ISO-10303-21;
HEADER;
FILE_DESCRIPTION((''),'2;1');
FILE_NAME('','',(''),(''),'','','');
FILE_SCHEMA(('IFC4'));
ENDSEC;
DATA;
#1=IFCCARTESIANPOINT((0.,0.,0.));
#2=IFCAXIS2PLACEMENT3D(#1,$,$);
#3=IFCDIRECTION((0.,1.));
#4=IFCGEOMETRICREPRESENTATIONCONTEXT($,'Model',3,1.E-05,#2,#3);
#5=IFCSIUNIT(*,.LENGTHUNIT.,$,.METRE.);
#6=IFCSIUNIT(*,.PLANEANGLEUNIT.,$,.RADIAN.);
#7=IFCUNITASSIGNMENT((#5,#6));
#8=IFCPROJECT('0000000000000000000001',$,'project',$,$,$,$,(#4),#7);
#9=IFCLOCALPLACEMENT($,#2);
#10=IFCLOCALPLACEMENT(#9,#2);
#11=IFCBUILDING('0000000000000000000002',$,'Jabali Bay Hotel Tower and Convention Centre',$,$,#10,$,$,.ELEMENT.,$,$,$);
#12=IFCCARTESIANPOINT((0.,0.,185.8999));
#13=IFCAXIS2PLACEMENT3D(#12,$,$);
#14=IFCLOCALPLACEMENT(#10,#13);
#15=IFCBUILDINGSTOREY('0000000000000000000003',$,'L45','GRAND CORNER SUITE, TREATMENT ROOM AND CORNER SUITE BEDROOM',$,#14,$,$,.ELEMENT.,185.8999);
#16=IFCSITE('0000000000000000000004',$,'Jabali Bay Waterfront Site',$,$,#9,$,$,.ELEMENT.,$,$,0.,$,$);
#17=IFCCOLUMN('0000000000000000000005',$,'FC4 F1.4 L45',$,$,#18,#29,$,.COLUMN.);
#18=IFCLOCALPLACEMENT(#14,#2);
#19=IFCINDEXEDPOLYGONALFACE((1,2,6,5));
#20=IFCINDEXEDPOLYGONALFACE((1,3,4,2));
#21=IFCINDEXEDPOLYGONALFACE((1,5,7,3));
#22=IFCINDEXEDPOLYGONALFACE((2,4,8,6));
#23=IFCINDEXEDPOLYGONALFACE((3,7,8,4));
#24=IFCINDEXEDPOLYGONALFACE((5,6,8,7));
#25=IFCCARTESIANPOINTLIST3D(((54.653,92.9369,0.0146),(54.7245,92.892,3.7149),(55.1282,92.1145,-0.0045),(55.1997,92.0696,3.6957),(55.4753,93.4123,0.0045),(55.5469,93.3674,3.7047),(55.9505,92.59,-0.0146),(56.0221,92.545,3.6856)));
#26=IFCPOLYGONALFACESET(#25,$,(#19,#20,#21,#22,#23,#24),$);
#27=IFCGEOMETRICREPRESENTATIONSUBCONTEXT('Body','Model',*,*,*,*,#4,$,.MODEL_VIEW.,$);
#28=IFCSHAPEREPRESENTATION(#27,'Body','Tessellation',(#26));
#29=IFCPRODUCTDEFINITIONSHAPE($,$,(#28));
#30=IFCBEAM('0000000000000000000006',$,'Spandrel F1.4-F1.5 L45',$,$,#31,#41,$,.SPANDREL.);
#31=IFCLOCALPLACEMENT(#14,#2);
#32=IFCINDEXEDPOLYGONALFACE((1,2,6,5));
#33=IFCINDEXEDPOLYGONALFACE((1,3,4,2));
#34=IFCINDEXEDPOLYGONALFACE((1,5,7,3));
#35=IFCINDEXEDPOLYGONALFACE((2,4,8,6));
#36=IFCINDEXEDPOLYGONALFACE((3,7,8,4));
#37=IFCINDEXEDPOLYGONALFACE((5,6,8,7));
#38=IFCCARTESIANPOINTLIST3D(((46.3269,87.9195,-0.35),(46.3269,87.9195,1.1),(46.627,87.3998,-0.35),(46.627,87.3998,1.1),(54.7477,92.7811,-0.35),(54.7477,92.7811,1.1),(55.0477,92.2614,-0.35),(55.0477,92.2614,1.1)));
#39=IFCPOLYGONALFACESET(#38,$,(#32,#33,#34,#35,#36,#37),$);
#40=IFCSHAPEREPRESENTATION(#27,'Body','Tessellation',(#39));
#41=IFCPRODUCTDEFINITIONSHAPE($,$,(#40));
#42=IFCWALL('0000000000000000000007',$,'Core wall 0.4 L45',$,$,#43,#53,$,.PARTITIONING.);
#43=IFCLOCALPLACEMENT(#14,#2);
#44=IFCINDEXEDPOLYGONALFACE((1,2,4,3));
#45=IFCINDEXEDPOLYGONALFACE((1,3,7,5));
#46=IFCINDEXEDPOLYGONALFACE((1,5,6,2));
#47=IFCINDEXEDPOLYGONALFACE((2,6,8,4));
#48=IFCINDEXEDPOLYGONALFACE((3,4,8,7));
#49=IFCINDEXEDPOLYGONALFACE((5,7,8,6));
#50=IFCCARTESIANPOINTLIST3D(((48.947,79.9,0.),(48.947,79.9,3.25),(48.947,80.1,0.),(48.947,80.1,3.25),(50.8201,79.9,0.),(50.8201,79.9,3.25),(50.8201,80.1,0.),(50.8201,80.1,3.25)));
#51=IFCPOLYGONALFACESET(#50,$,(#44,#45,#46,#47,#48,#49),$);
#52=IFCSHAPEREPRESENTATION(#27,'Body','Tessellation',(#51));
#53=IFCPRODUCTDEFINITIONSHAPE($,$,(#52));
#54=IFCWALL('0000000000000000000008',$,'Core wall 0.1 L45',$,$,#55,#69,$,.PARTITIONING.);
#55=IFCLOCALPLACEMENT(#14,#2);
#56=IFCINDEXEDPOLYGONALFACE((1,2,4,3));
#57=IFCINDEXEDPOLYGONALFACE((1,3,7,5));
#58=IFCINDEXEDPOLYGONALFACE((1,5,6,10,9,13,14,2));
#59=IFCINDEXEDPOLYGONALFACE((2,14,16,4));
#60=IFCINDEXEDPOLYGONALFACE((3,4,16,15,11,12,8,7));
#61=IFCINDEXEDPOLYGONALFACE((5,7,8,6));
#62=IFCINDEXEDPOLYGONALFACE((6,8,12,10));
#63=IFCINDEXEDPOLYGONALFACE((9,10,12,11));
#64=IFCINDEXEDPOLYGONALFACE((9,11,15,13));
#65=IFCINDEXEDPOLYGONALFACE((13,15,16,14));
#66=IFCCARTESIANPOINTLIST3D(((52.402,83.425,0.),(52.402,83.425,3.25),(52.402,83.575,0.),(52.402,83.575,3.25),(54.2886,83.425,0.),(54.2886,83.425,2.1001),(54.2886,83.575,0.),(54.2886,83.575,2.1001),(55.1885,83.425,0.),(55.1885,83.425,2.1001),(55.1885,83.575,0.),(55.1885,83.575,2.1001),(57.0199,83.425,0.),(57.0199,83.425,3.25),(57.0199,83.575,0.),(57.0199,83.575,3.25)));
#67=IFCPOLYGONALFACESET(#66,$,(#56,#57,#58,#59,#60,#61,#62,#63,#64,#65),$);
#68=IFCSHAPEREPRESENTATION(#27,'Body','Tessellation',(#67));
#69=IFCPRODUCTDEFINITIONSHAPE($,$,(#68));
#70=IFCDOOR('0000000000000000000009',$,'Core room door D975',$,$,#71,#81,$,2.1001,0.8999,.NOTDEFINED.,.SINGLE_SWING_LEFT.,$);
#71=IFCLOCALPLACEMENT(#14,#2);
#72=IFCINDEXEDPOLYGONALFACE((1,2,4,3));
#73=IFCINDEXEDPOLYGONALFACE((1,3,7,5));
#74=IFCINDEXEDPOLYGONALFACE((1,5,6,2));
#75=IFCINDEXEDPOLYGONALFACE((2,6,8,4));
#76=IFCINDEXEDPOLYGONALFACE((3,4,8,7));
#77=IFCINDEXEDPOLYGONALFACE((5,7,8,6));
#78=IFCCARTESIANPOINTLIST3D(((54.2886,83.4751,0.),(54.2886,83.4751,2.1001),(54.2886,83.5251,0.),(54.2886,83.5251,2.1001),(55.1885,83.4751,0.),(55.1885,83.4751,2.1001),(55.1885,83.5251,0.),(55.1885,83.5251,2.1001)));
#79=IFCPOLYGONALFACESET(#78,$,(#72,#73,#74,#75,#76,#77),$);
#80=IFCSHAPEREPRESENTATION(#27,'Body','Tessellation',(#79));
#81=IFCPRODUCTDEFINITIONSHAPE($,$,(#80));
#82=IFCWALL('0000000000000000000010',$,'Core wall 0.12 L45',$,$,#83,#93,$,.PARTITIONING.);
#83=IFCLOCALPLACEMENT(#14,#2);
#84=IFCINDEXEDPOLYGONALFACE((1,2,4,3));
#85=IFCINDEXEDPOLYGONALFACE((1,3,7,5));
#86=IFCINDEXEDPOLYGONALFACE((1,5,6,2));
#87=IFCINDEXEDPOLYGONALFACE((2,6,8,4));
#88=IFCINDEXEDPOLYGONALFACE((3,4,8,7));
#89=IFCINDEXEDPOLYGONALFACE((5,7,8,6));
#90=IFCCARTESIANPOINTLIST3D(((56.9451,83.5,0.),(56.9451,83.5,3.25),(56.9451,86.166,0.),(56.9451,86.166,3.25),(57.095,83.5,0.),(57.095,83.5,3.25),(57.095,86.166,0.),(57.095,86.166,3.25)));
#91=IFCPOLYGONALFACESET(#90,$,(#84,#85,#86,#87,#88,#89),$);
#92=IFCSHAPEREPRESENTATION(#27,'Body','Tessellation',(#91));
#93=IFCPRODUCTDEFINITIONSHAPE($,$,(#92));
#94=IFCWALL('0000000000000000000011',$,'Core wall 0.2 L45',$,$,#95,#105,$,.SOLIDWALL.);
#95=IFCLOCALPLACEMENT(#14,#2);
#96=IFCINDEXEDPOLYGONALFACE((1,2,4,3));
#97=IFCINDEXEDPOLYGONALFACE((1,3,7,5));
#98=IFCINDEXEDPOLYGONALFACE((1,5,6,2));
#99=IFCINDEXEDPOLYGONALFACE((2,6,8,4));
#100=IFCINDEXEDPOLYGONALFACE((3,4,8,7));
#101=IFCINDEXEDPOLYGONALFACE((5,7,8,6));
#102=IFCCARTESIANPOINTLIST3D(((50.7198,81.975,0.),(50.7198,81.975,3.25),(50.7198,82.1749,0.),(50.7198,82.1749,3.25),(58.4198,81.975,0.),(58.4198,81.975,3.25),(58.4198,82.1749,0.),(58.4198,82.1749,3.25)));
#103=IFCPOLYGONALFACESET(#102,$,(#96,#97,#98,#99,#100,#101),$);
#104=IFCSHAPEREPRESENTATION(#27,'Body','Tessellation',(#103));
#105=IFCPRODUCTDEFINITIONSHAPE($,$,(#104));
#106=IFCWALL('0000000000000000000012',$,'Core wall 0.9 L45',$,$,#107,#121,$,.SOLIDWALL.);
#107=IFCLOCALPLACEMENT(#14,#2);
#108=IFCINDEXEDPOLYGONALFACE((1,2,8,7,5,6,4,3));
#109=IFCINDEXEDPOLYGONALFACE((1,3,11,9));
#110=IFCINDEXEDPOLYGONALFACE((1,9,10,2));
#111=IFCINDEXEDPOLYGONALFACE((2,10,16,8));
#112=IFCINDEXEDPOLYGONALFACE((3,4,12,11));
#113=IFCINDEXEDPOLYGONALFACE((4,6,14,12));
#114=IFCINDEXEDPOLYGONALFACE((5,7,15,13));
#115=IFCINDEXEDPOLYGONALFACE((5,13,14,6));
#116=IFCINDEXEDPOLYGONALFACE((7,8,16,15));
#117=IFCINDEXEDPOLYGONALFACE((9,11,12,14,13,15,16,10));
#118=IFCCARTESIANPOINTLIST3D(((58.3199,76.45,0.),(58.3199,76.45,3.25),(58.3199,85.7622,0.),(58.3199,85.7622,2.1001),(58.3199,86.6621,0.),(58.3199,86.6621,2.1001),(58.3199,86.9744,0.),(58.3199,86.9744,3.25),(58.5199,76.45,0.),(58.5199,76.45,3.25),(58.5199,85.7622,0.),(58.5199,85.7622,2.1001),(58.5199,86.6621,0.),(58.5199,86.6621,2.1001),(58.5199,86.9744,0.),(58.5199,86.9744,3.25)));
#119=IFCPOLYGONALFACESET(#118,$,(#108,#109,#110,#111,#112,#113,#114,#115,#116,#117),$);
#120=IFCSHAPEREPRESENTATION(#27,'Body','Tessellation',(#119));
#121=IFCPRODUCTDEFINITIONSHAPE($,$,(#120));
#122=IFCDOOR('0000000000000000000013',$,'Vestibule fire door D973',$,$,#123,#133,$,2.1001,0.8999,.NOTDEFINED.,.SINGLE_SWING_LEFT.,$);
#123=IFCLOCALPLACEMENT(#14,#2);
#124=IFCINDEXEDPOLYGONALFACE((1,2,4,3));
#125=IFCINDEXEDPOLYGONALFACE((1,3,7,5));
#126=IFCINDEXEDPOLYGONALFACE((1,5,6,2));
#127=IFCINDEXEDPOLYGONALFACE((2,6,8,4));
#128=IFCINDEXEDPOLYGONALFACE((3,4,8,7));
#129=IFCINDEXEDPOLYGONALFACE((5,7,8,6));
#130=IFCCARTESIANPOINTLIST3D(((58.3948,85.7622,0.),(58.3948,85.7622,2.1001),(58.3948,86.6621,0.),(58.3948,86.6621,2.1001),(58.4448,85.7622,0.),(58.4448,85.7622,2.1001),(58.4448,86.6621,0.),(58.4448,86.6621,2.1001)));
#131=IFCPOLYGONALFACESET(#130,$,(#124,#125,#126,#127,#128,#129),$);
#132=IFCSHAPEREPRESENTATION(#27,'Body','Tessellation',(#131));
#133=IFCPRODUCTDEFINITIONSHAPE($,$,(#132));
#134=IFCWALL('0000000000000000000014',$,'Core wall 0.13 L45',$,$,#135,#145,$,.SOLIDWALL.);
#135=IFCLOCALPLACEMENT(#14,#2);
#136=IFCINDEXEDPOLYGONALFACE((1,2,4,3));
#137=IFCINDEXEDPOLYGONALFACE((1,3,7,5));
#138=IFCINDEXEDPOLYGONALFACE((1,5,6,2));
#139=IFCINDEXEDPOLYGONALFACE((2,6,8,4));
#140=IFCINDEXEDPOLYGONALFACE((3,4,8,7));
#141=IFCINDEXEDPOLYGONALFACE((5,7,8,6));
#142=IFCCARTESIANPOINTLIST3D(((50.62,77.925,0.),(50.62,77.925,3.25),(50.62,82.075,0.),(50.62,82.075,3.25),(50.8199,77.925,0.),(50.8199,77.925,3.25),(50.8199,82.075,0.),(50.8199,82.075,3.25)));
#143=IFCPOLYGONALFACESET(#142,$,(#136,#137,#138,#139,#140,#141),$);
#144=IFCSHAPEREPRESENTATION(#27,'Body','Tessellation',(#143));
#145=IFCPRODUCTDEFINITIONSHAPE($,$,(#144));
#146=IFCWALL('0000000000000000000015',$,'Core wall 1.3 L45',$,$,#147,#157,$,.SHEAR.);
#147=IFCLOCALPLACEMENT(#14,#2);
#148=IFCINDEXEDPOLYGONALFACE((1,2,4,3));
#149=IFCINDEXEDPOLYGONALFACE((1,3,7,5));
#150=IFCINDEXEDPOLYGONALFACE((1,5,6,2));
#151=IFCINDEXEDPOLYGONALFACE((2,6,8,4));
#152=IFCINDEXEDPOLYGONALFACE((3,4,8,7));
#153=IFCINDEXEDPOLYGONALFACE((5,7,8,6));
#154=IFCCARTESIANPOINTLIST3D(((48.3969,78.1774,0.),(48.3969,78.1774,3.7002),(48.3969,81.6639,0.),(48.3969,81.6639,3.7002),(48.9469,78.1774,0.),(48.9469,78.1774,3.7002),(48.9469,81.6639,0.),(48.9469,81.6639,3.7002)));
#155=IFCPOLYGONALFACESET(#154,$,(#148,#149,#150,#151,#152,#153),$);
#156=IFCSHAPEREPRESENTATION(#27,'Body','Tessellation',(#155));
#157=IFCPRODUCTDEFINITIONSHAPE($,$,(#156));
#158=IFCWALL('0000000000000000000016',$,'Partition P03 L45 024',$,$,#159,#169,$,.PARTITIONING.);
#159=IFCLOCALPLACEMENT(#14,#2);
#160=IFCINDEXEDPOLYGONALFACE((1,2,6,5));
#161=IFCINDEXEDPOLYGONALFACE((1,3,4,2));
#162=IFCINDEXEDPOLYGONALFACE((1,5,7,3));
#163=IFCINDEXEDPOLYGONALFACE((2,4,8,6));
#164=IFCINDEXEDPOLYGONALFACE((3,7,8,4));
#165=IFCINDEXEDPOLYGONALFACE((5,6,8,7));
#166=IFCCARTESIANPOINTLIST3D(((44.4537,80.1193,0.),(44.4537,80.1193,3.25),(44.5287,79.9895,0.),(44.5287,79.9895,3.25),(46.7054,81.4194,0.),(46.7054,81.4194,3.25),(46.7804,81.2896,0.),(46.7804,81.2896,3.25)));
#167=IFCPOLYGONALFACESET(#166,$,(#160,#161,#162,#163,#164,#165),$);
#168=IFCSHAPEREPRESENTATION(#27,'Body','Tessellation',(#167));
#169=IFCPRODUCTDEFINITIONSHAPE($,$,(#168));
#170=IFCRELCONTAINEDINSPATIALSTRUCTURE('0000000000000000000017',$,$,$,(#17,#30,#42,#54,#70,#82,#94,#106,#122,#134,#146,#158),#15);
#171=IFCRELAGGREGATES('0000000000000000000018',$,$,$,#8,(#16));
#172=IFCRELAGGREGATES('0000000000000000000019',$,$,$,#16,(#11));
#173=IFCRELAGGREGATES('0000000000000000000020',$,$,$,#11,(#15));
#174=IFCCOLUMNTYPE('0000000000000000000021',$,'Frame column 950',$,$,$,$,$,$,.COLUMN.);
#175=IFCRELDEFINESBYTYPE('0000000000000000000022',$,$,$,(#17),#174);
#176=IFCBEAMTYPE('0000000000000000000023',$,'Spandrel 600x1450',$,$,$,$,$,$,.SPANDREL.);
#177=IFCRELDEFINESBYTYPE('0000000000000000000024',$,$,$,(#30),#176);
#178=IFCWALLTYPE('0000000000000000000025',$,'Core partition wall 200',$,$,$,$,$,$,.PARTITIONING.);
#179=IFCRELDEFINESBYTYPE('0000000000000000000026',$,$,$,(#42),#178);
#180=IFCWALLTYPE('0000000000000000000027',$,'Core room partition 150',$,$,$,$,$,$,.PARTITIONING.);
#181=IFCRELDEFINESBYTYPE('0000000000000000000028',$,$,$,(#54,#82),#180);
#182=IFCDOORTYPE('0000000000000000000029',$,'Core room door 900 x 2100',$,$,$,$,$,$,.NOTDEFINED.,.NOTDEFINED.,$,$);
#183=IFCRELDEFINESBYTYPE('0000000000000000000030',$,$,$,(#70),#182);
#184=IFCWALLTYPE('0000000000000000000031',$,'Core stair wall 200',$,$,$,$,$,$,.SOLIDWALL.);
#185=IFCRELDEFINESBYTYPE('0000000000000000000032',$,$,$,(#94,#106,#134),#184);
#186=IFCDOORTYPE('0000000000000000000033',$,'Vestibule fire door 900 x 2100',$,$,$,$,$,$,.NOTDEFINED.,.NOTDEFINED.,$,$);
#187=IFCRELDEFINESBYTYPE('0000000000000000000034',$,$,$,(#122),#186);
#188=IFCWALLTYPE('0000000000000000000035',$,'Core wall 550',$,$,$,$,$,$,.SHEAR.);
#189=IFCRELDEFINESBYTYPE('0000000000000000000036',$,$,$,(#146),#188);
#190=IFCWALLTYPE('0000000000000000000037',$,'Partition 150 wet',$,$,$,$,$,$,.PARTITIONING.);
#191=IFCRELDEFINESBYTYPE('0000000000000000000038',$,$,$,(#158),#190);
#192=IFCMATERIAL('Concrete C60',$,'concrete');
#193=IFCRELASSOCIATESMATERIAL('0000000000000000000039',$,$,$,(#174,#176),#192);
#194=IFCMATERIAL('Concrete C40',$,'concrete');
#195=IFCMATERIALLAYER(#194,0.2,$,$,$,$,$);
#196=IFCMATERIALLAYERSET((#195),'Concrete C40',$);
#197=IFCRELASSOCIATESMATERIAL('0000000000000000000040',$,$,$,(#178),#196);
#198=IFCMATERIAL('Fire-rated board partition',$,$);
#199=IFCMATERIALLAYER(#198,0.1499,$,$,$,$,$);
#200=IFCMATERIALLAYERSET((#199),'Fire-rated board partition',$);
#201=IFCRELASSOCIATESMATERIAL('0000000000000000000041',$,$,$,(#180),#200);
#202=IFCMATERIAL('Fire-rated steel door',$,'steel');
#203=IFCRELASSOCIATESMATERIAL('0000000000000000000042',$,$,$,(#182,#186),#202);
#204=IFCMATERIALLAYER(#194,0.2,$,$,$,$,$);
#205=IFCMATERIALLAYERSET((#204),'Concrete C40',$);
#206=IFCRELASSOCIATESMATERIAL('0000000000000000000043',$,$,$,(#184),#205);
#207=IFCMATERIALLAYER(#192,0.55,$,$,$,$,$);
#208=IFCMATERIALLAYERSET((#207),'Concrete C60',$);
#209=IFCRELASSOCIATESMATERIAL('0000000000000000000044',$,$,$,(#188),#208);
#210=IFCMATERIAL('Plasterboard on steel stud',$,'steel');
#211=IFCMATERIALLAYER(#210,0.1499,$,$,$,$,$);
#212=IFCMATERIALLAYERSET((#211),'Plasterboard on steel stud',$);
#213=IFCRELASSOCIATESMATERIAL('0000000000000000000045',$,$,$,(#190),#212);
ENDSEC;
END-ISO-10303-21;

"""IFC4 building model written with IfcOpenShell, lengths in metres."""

from ifc_helpers import new_model, si_unit, direction, frame, frame_2d, origin, origin_2d, place, context, subcontext, project, spatial, rectangle, extrude, material, layer, layer_set, material_profile, profile_set, type_object, element, fill, save


model = new_model("IFC4")

# Units and contexts
model_context = context("Model", 3, precision=1e-05, world=origin(), true_north=direction((0.0, 1.0)))
body_context = subcontext(model_context, "Body", "Model", "MODEL_VIEW")
ifc_project = project(units=[si_unit("LENGTHUNIT", "METRE"), si_unit("PLANEANGLEUNIT", "RADIAN")], contexts=[model_context])

# Site, building, storey
site_placement = place(None, origin())
site = spatial("IfcSite", under=ifc_project, at=site_placement, Name="Jabali Bay Waterfront Site", CompositionType="ELEMENT", RefElevation=0.0)
building_placement = place(site_placement, origin())
building = spatial("IfcBuilding", under=site, at=building_placement, Name="Jabali Bay Hotel Tower and Convention Centre", CompositionType="ELEMENT")
storey_placement = place(building_placement, frame((0.0, 0.0, 185.8999)))
storey = spatial("IfcBuildingStorey", under=building, at=storey_placement, Name="L45", Description="GRAND CORNER SUITE, TREATMENT ROOM AND CORNER SUITE BEDROOM", CompositionType="ELEMENT", Elevation=185.8999)

# Column
ifc_material_1 = material(Name="Concrete C60", Category="concrete")
ifc_material_profile_1 = material_profile(ifc_material_1, rectangle(XDim=0.95, YDim=0.95, at=origin_2d()), Name="Frame column 950")
ifc_profile_set_1 = profile_set([ifc_material_profile_1], Name="Concrete C60")
column_type = type_object("IfcColumnType", Name="Frame column 950", PredefinedType="COLUMN", material=ifc_profile_set_1)
column_placement = place(storey_placement, frame((55.3018, 92.7634, 0.0), z_axis=(0.019327, -0.012137, 0.99974), x_axis=(-0.500214, 0.865666, 0.02018)))
element("IfcColumn", 1, at=column_placement, inside=storey, type_object=column_type, Name="FC4 F1.4 L45", PredefinedType="COLUMN", context=body_context, shape_type="SweptSolid", body=[
    extrude(rectangle(XDim=0.95, YDim=0.95, at=origin_2d()), origin(), (0.0, 0.0, 1.0), 3.7012),
])

# Beam
ifc_material_profile_2 = material_profile(ifc_material_1, rectangle(XDim=0.6001, YDim=1.45, at=origin_2d()), Name="Spandrel 600x1450")
ifc_profile_set_2 = profile_set([ifc_material_profile_2], Name="Concrete C60")
beam_type = type_object("IfcBeamType", Name="Spandrel 600x1450", PredefinedType="SPANDREL", material=ifc_profile_set_2)
beam_placement = place(storey_placement, frame((54.8977, 92.5212, 0.375), z_axis=(-0.86603, -0.499993, 0.0), x_axis=(0.499993, -0.86603, 0.0)))
element("IfcBeam", 2, at=beam_placement, inside=storey, type_object=beam_type, Name="Spandrel F1.4-F1.5 L45", PredefinedType="SPANDREL", context=body_context, shape_type="SweptSolid", body=[
    extrude(rectangle(XDim=0.6001, YDim=1.45, at=origin_2d()), origin(), (0.0, 0.0, 1.0), 9.7234),
])

# Wall
ifc_material_2 = material(Name="Concrete C40", Category="concrete")
ifc_layer_1 = layer(ifc_material_2, 0.2)
ifc_layer_set_1 = layer_set([ifc_layer_1], Name="Concrete C40")
wall_type_1 = type_object("IfcWallType", Name="Core partition wall 200", PredefinedType="PARTITIONING", material=ifc_layer_set_1)
wall_1_placement = place(storey_placement, frame((50.8201, 80.0, 0.0), z_axis=(0.0, 0.0, 1.0), x_axis=(-1.0, 0.0, 0.0)))
element("IfcWall", 3, at=wall_1_placement, inside=storey, type_object=wall_type_1, Name="Core wall 0.4 L45", PredefinedType="PARTITIONING", context=body_context, shape_type="SweptSolid", body=[
    extrude(rectangle(XDim=1.873, YDim=0.2, at=frame_2d((0.9365, 0.0))), origin(), (0.0, 0.0, 1.0), 3.25),
])

# Wall, opening, door
ifc_material_3 = material(Name="Fire-rated board partition")
ifc_layer_2 = layer(ifc_material_3, 0.1499)
ifc_layer_set_2 = layer_set([ifc_layer_2], Name="Fire-rated board partition")
wall_type_2 = type_object("IfcWallType", Name="Core room partition 150", PredefinedType="PARTITIONING", material=ifc_layer_set_2)
wall_2_placement = place(storey_placement, frame((57.02, 83.5, 0.0), z_axis=(0.0, 0.0, 1.0), x_axis=(-1.0, 0.0, 0.0)))
wall_2 = element("IfcWall", 4, at=wall_2_placement, inside=storey, type_object=wall_type_2, Name="Core wall 0.1 L45", PredefinedType="PARTITIONING", context=body_context, shape_type="SweptSolid", body=[
    extrude(rectangle(XDim=4.6179, YDim=0.1499, at=frame_2d((2.3091, 0.0))), origin(), (0.0, 0.0, 1.0), 3.25),
])
opening_1_placement = place(wall_2_placement, frame((1.8315, 0.0, 0.0)))
opening_1 = element("IfcOpeningElement", 5, at=opening_1_placement, cuts=wall_2, PredefinedType="OPENING", context=body_context, shape_type="SweptSolid", body=[
    extrude(rectangle(XDim=0.8999, YDim=2.1001, at=frame_2d((0.45, 1.05))), frame((0.0, 0.0854, 0.0), z_axis=(0.0, -1.0, 0.0), x_axis=(1.0, 0.0, 0.0)), (0.0, 0.0, 1.0), 0.1709),
])
ifc_material_4 = material(Name="Fire-rated steel door", Category="steel")
door_type_1 = type_object("IfcDoorType", Name="Core room door 900 x 2100", OperationType="NOTDEFINED", PredefinedType="NOTDEFINED", material=ifc_material_4)
door_1_placement = place(opening_1_placement, origin())
door_1 = element("IfcDoor", 6, at=door_1_placement, inside=storey, type_object=door_type_1, Name="Core room door D975", OperationType="SINGLE_SWING_LEFT", OverallHeight=2.1001, OverallWidth=0.8999, PredefinedType="NOTDEFINED", context=body_context, shape_type="SweptSolid", body=[
    extrude(rectangle(XDim=0.8999, YDim=2.1001, at=frame_2d((0.45, 1.05))), frame((0.0, 0.0249, 0.0), z_axis=(0.0, -1.0, 0.0), x_axis=(1.0, 0.0, 0.0)), (0.0, 0.0, 1.0), 0.05),
])
fill(opening_1, door_1)

# Walls
wall_3_placement = place(storey_placement, frame((57.02, 86.166, 0.0), z_axis=(0.0, 0.0, 1.0), x_axis=(0.0, -1.0, 0.0)))
element("IfcWall", 7, at=wall_3_placement, inside=storey, type_object=wall_type_2, Name="Core wall 0.12 L45", PredefinedType="PARTITIONING", context=body_context, shape_type="SweptSolid", body=[
    extrude(rectangle(XDim=2.666, YDim=0.1499, at=frame_2d((1.333, 0.0))), origin(), (0.0, 0.0, 1.0), 3.25),
])
ifc_layer_3 = layer(ifc_material_2, 0.2)
ifc_layer_set_3 = layer_set([ifc_layer_3], Name="Concrete C40")
wall_type_3 = type_object("IfcWallType", Name="Core stair wall 200", PredefinedType="SOLIDWALL", material=ifc_layer_set_3)
wall_4_placement = place(storey_placement, frame((58.4199, 82.075, 0.0), z_axis=(0.0, 0.0, 1.0), x_axis=(-1.0, 0.0, 0.0)))
element("IfcWall", 8, at=wall_4_placement, inside=storey, type_object=wall_type_3, Name="Core wall 0.2 L45", PredefinedType="SOLIDWALL", context=body_context, shape_type="SweptSolid", body=[
    extrude(rectangle(XDim=7.7, YDim=0.2, at=frame_2d((3.8501, 0.0))), origin(), (0.0, 0.0, 1.0), 3.25),
])

# Wall, opening, door
wall_5_placement = place(storey_placement, frame((58.4199, 86.9744, 0.0), z_axis=(0.0, 0.0, 1.0), x_axis=(0.0, -1.0, 0.0)))
wall_5 = element("IfcWall", 9, at=wall_5_placement, inside=storey, type_object=wall_type_3, Name="Core wall 0.9 L45", PredefinedType="SOLIDWALL", context=body_context, shape_type="SweptSolid", body=[
    extrude(rectangle(XDim=10.5244, YDim=0.2, at=frame_2d((5.2622, 0.0))), origin(), (0.0, 0.0, 1.0), 3.25),
])
opening_2_placement = place(wall_5_placement, frame((0.3123, 0.0, 0.0)))
opening_2 = element("IfcOpeningElement", 10, at=opening_2_placement, cuts=wall_5, PredefinedType="OPENING", context=body_context, shape_type="SweptSolid", body=[
    extrude(rectangle(XDim=0.8999, YDim=2.1001, at=frame_2d((0.45, 1.05))), frame((0.0, 0.1104, 0.0), z_axis=(0.0, -1.0, 0.0), x_axis=(1.0, 0.0, 0.0)), (0.0, 0.0, 1.0), 0.2209),
])
door_type_2 = type_object("IfcDoorType", Name="Vestibule fire door 900 x 2100", OperationType="NOTDEFINED", PredefinedType="NOTDEFINED", material=ifc_material_4)
door_2_placement = place(opening_2_placement, origin())
door_2 = element("IfcDoor", 11, at=door_2_placement, inside=storey, type_object=door_type_2, Name="Vestibule fire door D973", OperationType="SINGLE_SWING_LEFT", OverallHeight=2.1001, OverallWidth=0.8999, PredefinedType="NOTDEFINED", context=body_context, shape_type="SweptSolid", body=[
    extrude(rectangle(XDim=0.8999, YDim=2.1001, at=frame_2d((0.45, 1.05))), frame((0.0, 0.0249, 0.0), z_axis=(0.0, -1.0, 0.0), x_axis=(1.0, 0.0, 0.0)), (0.0, 0.0, 1.0), 0.05),
])
fill(opening_2, door_2)

# Walls
wall_6_placement = place(storey_placement, frame((50.72, 82.075, 0.0), z_axis=(0.0, 0.0, 1.0), x_axis=(0.0, -1.0, 0.0)))
element("IfcWall", 12, at=wall_6_placement, inside=storey, type_object=wall_type_3, Name="Core wall 0.13 L45", PredefinedType="SOLIDWALL", context=body_context, shape_type="SweptSolid", body=[
    extrude(rectangle(XDim=4.1499, YDim=0.2, at=frame_2d((2.075, 0.0))), origin(), (0.0, 0.0, 1.0), 3.25),
])
ifc_layer_4 = layer(ifc_material_1, 0.55)
ifc_layer_set_4 = layer_set([ifc_layer_4], Name="Concrete C60")
wall_type_4 = type_object("IfcWallType", Name="Core wall 550", PredefinedType="SHEAR", material=ifc_layer_set_4)
wall_7_placement = place(storey_placement, frame((48.6719, 81.6638, 0.0), z_axis=(0.0, 0.0, 1.0), x_axis=(0.0, -1.0, 0.0)))
element("IfcWall", 13, at=wall_7_placement, inside=storey, type_object=wall_type_4, Name="Core wall 1.3 L45", PredefinedType="SHEAR", context=body_context, shape_type="SweptSolid", body=[
    extrude(rectangle(XDim=3.4866, YDim=0.55, at=frame_2d((1.7432, 0.0))), origin(), (0.0, 0.0, 1.0), 3.7002),
])
ifc_material_5 = material(Name="Plasterboard on steel stud", Category="steel")
ifc_layer_5 = layer(ifc_material_5, 0.1499)
ifc_layer_set_5 = layer_set([ifc_layer_5], Name="Plasterboard on steel stud")
wall_type_5 = type_object("IfcWallType", Name="Partition 150 wet", PredefinedType="PARTITIONING", material=ifc_layer_set_5)
wall_8_placement = place(storey_placement, frame((46.7429, 81.3545, 0.0), z_axis=(0.0, 0.0, 1.0), x_axis=(-0.866021, -0.500007, 0.0)))
element("IfcWall", 14, at=wall_8_placement, inside=storey, type_object=wall_type_5, Name="Partition P03 L45 024", PredefinedType="PARTITIONING", context=body_context, shape_type="SweptSolid", body=[
    extrude(rectangle(XDim=2.6001, YDim=0.1499, at=frame_2d((1.3, 0.0))), origin(), (0.0, 0.0, 1.0), 3.25),
])

save(model, "model.ifc")
